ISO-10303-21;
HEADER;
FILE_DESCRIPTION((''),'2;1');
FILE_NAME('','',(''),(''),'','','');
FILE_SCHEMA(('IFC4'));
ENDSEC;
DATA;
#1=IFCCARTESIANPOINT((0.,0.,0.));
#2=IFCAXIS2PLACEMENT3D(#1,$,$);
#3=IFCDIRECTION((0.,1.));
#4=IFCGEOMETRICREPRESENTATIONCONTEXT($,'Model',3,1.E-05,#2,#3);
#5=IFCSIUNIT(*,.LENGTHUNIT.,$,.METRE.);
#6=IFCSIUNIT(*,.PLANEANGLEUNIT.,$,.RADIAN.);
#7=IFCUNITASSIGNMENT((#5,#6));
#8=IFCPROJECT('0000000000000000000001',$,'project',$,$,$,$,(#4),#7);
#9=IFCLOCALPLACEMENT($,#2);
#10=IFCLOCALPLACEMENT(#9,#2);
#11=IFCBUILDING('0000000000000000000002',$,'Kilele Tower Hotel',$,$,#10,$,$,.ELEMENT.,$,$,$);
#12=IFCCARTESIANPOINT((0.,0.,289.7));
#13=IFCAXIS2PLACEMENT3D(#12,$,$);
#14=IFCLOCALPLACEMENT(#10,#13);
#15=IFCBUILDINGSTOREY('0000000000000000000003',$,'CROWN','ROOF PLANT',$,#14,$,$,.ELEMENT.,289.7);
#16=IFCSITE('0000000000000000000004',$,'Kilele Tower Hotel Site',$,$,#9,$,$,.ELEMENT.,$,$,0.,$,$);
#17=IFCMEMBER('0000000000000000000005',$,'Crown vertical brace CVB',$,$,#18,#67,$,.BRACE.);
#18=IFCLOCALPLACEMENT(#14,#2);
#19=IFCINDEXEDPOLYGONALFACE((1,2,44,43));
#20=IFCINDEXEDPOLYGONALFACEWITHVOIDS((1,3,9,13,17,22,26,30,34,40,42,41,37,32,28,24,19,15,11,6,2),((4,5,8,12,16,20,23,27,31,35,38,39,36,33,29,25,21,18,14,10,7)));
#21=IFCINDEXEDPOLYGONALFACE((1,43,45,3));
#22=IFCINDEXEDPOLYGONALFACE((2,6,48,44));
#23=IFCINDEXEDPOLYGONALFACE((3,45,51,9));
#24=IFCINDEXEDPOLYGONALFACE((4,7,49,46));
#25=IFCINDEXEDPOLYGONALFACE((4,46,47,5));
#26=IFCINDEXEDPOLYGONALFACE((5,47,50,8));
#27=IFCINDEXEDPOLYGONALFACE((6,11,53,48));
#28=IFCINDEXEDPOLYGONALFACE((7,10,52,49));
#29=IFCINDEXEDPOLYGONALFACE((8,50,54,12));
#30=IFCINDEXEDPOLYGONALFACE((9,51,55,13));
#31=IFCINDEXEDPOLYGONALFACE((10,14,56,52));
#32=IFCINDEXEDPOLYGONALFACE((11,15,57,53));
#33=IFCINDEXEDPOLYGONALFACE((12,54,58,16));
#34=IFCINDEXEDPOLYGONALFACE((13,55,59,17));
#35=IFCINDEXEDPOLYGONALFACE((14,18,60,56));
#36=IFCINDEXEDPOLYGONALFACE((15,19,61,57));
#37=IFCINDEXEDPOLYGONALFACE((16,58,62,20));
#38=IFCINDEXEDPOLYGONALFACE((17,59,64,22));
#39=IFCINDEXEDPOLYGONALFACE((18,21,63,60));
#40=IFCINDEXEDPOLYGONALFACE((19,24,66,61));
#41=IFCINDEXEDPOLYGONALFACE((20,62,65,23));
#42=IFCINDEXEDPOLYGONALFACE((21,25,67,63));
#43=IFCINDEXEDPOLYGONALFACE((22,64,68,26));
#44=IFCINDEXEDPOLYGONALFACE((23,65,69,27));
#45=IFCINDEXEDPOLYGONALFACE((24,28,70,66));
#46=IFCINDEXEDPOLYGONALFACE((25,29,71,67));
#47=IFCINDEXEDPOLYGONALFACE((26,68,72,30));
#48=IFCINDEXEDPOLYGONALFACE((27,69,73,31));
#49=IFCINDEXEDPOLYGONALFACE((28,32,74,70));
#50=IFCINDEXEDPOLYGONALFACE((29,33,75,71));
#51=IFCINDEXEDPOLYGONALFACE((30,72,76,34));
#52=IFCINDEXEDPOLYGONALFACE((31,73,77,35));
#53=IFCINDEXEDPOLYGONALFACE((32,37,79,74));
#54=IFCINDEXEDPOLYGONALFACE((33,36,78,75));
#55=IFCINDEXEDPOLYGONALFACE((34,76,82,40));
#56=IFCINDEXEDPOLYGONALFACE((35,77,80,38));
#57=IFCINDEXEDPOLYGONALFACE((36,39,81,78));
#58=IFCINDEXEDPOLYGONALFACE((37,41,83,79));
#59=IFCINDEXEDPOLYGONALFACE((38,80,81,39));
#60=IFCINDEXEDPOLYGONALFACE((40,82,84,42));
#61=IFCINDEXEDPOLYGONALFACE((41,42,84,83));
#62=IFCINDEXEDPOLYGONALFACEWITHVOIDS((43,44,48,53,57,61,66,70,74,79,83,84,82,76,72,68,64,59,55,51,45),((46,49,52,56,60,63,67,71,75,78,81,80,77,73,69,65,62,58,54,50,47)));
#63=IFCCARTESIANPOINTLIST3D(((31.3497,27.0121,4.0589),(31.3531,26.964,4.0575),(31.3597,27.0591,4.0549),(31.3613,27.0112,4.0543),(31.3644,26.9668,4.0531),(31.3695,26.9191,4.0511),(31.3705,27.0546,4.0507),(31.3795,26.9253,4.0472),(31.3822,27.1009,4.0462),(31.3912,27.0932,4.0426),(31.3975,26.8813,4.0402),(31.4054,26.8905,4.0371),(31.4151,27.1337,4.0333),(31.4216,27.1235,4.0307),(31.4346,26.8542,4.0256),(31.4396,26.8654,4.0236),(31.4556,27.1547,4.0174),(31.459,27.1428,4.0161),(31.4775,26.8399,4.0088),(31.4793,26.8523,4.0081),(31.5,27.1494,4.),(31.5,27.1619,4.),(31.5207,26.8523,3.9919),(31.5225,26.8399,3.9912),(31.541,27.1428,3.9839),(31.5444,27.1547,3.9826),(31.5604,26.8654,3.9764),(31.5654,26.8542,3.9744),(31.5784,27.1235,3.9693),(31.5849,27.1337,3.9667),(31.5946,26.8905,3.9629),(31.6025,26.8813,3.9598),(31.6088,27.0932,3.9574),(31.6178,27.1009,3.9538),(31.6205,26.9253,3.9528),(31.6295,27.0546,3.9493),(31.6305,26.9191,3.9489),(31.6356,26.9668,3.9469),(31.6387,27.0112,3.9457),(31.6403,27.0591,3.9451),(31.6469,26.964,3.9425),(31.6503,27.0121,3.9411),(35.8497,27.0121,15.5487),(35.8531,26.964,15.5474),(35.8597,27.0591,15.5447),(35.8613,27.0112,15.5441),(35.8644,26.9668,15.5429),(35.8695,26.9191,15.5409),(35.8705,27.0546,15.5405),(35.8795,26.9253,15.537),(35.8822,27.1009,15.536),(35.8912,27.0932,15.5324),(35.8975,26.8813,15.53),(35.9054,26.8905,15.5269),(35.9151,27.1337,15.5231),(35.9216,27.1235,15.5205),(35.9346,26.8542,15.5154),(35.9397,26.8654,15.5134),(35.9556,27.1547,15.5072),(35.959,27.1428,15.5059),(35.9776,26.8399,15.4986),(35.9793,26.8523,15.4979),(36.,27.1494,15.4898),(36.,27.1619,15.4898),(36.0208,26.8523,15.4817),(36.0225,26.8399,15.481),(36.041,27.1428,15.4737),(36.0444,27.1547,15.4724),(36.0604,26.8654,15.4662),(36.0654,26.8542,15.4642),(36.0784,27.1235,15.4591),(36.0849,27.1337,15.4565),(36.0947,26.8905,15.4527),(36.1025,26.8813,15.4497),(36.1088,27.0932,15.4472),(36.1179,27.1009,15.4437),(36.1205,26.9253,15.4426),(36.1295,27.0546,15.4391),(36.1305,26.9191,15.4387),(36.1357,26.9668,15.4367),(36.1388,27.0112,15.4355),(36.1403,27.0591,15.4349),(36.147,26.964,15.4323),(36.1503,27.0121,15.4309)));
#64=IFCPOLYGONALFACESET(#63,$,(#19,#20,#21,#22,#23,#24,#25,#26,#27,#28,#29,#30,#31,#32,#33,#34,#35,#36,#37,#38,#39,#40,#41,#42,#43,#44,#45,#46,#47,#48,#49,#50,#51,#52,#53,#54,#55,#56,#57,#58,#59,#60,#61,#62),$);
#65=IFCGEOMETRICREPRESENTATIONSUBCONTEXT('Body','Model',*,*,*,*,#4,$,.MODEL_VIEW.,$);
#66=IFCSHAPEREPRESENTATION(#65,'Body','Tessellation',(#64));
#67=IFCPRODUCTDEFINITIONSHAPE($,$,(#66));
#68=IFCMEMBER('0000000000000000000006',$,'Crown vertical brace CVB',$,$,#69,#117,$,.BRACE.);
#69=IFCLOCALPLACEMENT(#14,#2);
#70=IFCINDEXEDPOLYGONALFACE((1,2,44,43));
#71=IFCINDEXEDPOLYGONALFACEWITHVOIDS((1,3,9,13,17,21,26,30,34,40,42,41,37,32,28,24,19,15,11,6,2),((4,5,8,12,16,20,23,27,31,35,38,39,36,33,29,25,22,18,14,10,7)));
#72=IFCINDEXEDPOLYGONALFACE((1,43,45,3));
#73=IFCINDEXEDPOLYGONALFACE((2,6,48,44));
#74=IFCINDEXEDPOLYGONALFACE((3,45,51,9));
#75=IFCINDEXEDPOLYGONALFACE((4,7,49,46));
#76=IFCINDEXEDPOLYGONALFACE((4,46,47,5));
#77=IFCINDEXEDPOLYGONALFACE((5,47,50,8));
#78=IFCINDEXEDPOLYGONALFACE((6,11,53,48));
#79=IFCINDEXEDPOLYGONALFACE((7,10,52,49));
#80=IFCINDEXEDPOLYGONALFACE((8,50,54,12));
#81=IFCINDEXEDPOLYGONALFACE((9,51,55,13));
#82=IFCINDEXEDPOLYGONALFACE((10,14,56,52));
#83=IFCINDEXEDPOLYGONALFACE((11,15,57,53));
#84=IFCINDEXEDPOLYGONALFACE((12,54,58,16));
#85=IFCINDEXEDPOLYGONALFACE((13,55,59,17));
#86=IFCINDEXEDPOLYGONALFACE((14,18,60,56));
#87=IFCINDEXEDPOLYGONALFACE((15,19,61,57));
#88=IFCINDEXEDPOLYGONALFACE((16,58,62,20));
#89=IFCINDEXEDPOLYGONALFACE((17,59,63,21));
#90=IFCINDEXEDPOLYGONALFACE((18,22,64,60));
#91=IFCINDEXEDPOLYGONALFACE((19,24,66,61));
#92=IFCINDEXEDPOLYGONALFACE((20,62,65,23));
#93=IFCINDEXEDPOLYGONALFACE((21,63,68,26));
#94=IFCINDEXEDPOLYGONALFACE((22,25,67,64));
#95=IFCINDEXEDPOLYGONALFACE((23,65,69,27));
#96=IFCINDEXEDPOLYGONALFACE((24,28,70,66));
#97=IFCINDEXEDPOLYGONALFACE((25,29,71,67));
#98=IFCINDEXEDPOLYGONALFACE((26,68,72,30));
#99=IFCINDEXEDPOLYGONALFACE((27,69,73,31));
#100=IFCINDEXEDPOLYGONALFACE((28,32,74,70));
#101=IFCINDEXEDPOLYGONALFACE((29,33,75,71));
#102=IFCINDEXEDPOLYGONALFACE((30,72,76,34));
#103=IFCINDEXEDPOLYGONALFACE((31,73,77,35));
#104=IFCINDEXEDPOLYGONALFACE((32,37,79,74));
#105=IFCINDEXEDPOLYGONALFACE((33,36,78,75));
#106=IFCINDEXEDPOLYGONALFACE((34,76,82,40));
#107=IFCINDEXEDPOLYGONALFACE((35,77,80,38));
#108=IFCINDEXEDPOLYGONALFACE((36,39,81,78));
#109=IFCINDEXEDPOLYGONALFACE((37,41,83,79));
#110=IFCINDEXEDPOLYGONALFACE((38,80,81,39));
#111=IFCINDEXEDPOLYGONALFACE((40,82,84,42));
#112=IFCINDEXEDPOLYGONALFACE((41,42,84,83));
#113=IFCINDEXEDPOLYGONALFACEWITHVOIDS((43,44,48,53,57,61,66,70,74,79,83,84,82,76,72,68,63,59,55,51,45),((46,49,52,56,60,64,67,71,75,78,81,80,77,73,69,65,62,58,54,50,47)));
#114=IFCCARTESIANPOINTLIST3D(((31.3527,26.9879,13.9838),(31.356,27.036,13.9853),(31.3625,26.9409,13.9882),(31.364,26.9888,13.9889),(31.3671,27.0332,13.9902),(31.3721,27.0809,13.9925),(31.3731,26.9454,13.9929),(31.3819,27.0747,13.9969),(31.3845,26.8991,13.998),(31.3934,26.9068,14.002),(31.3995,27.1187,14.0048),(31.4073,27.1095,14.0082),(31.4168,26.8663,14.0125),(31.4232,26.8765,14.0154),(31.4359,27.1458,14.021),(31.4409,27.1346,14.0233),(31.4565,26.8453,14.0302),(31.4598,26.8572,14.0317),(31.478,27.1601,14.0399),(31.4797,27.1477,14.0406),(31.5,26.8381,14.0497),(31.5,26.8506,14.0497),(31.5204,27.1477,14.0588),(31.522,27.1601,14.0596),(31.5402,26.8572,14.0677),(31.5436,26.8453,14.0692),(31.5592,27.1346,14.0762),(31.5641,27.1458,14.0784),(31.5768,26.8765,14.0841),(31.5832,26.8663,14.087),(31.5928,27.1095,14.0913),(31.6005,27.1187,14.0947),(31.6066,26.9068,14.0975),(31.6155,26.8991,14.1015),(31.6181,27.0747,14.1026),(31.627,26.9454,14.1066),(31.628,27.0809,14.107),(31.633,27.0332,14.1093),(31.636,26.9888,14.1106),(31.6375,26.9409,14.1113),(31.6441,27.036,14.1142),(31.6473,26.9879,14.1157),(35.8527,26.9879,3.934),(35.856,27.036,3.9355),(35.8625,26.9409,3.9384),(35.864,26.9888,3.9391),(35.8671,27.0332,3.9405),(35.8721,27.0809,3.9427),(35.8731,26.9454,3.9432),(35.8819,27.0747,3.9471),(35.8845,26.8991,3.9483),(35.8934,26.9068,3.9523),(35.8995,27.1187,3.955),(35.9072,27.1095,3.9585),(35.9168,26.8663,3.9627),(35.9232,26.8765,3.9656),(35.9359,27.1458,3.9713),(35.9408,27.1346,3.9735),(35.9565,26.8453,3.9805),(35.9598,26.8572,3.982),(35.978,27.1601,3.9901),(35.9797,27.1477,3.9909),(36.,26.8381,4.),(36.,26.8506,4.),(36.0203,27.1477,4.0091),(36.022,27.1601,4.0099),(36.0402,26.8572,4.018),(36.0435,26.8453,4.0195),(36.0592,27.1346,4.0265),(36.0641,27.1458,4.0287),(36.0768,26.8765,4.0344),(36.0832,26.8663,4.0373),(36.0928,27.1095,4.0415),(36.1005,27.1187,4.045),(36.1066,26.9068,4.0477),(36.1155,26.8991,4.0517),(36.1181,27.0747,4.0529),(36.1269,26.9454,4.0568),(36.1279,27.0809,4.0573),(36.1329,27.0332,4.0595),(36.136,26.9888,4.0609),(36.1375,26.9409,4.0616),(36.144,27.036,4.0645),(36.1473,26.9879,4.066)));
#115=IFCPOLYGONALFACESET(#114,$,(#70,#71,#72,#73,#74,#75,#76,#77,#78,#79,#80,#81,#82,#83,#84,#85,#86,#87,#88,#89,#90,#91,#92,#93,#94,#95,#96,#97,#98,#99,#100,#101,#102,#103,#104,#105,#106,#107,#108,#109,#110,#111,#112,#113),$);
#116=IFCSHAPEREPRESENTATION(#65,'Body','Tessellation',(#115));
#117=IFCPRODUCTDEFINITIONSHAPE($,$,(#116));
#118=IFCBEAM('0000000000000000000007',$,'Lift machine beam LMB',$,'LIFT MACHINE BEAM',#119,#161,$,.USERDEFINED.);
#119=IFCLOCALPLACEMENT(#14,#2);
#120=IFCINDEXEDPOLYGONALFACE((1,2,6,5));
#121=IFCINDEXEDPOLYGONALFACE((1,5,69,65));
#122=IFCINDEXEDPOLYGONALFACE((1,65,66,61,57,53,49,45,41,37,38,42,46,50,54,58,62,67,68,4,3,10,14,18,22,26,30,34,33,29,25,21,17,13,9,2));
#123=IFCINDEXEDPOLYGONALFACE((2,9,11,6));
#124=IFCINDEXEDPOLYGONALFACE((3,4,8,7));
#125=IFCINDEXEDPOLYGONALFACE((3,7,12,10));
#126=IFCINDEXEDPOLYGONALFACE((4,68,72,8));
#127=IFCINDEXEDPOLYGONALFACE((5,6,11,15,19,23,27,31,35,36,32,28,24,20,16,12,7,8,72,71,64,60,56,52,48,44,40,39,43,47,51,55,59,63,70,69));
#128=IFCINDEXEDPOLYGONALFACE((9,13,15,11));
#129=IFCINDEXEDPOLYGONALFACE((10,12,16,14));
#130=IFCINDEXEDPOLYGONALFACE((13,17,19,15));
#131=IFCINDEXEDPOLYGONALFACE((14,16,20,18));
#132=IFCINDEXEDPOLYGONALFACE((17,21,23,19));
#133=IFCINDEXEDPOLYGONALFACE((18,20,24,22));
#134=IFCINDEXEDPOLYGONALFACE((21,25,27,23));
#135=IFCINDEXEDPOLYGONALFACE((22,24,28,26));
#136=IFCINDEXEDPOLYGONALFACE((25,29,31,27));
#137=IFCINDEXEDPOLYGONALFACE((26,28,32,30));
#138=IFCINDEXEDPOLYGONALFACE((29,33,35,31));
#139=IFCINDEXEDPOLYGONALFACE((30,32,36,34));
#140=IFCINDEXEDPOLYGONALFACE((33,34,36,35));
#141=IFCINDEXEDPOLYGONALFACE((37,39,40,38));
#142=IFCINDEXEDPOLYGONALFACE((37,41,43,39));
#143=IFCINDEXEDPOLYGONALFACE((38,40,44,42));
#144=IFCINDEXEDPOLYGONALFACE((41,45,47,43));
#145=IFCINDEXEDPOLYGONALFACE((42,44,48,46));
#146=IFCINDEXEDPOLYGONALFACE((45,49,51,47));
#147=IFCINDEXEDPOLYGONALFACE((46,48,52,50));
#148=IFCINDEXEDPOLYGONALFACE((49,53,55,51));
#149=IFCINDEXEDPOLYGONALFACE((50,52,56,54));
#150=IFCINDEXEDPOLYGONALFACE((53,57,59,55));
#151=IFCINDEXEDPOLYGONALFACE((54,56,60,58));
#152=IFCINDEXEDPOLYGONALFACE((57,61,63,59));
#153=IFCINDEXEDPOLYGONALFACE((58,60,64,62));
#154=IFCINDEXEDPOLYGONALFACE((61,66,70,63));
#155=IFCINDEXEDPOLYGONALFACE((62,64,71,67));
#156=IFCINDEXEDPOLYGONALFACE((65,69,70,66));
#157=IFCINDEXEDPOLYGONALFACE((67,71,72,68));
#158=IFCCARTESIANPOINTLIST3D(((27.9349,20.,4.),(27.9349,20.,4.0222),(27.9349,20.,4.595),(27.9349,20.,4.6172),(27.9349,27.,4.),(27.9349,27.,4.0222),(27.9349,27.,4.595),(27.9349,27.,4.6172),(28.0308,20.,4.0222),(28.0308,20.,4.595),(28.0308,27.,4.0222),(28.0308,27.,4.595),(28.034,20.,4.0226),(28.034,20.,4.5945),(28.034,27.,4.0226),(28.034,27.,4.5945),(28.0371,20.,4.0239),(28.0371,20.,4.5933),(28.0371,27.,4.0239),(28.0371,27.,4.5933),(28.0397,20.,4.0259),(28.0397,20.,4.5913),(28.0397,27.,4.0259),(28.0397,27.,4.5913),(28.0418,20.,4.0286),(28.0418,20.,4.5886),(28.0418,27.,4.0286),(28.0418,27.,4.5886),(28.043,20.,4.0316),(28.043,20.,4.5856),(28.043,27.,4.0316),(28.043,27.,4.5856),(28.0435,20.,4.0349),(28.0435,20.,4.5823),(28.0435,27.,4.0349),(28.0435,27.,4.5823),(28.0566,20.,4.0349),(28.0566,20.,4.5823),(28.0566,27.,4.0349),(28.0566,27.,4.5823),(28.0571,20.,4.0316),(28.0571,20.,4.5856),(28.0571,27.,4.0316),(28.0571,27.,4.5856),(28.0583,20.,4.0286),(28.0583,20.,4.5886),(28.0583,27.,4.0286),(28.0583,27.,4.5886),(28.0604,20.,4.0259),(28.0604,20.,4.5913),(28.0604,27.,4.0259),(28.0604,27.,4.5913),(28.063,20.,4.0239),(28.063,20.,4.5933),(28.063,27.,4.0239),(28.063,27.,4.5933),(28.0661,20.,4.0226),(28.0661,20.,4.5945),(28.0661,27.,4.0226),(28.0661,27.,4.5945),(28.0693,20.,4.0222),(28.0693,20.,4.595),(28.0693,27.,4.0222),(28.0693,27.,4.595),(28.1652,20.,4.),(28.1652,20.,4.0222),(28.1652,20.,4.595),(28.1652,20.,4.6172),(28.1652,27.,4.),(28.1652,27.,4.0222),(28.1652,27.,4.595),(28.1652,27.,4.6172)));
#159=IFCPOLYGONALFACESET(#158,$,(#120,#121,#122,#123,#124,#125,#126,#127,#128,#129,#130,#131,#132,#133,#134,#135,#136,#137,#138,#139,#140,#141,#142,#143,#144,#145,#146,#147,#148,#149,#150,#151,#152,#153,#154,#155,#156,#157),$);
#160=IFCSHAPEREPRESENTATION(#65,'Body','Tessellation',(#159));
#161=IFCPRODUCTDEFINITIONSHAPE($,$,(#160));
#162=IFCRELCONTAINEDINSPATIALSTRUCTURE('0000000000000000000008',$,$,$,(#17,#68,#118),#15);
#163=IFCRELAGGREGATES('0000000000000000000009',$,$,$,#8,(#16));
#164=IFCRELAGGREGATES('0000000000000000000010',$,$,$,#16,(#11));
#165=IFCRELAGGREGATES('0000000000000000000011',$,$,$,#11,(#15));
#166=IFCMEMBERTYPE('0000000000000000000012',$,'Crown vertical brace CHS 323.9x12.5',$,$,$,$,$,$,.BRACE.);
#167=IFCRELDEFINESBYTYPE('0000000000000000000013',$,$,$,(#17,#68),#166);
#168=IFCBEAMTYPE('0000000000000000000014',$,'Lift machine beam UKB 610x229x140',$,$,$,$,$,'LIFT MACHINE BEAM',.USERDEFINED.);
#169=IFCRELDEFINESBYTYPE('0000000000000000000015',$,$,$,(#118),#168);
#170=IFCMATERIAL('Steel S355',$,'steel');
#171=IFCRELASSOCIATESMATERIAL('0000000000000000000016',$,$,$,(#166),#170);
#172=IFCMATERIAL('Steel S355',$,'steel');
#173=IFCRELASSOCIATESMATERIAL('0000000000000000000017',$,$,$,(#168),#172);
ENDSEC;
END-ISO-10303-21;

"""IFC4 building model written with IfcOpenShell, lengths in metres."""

from ifc_helpers import new_model, si_unit, direction, frame, origin, origin_2d, place, context, subcontext, project, spatial, hollow_circle, i_section, extrude, material, material_profile, profile_set, type_object, element, save


model = new_model("IFC4")

# Units and contexts
model_context = context("Model", 3, precision=1e-05, world=origin(), true_north=direction((0.0, 1.0)))
body_context = subcontext(model_context, "Body", "Model", "MODEL_VIEW")
ifc_project = project(units=[si_unit("LENGTHUNIT", "METRE"), si_unit("PLANEANGLEUNIT", "RADIAN")], contexts=[model_context])

# Site, building, storey
site_placement = place(None, origin())
site = spatial("IfcSite", under=ifc_project, at=site_placement, Name="Kilele Tower Hotel Site", CompositionType="ELEMENT", RefElevation=0.0)
building_placement = place(site_placement, origin())
building = spatial("IfcBuilding", under=site, at=building_placement, Name="Kilele Tower Hotel", CompositionType="ELEMENT")
storey_placement = place(building_placement, frame((0.0, 0.0, 289.7)))
storey = spatial("IfcBuildingStorey", under=building, at=storey_placement, Name="CROWN", Description="ROOF PLANT", CompositionType="ELEMENT", Elevation=289.7)

# Members
ifc_material_1 = material(Name="Steel S355", Category="steel")
ifc_material_profile_1 = material_profile(ifc_material_1, hollow_circle(Radius=0.1619, WallThickness=0.0125, at=origin_2d()))
ifc_profile_set_1 = profile_set([ifc_material_profile_1], Name="Steel S355")
member_type_1 = type_object("IfcMemberType", Name="Crown vertical brace CHS 323.9x12.5", PredefinedType="BRACE", material=ifc_profile_set_1)
member_1_placement = place(storey_placement, frame((31.5, 27.0, 4.0), z_axis=(0.364681, 0.0, 0.931132), x_axis=(0.0, 1.0, 0.0)))
element("IfcMember", 1, at=member_1_placement, inside=storey, type_object=member_type_1, Name="Crown vertical brace CVB", PredefinedType="BRACE", context=body_context, shape_type="SweptSolid", body=[
    extrude(hollow_circle(Radius=0.1619, WallThickness=0.0125, at=origin_2d()), origin(), (0.0, 0.0, 1.0), 12.3396),
])
member_2_placement = place(storey_placement, frame((36.0, 27.0, 4.0), z_axis=(-0.408671, 0.0, 0.912682), x_axis=(0.0, -1.0, 0.0)))
element("IfcMember", 2, at=member_2_placement, inside=storey, type_object=member_type_1, Name="Crown vertical brace CVB", PredefinedType="BRACE", context=body_context, shape_type="SweptSolid", body=[
    extrude(hollow_circle(Radius=0.1619, WallThickness=0.0125, at=origin_2d()), origin(), (0.0, 0.0, 1.0), 11.0112),
])

# Beam
ifc_material_2 = material(Name="Steel S355", Category="steel")
ifc_material_profile_2 = material_profile(ifc_material_2, i_section(OverallWidth=0.2302, OverallDepth=0.6172, WebThickness=0.0132, FlangeThickness=0.0222, FilletRadius=0.0127, at=origin_2d()))
ifc_profile_set_2 = profile_set([ifc_material_profile_2], Name="Steel S355")
beam_type_1 = type_object("IfcBeamType", Name="Lift machine beam UKB 610x229x140", ElementType="LIFT MACHINE BEAM", PredefinedType="USERDEFINED", material=ifc_profile_set_2)
for number, where, z_axis, x_axis, name in (
    (3, (28.05, 20.0, 4.3086), (0.0, 1.0, 0.0), (-1.0, 0.0, 0.0), "Lift machine beam LMB"),
):
    element("IfcBeam", number, at=place(storey_placement, frame(where, z_axis=z_axis, x_axis=x_axis)), inside=storey, type_object=beam_type_1, Name=name, ObjectType="LIFT MACHINE BEAM", PredefinedType="USERDEFINED", context=body_context, shape_type="SweptSolid", body=[
        extrude(i_section(OverallWidth=0.2302, OverallDepth=0.6172, WebThickness=0.0132, FlangeThickness=0.0222, FilletRadius=0.0127, at=origin_2d()), origin(), (0.0, 0.0, 1.0), 7.0),
    ])

save(model, "model.ifc")
